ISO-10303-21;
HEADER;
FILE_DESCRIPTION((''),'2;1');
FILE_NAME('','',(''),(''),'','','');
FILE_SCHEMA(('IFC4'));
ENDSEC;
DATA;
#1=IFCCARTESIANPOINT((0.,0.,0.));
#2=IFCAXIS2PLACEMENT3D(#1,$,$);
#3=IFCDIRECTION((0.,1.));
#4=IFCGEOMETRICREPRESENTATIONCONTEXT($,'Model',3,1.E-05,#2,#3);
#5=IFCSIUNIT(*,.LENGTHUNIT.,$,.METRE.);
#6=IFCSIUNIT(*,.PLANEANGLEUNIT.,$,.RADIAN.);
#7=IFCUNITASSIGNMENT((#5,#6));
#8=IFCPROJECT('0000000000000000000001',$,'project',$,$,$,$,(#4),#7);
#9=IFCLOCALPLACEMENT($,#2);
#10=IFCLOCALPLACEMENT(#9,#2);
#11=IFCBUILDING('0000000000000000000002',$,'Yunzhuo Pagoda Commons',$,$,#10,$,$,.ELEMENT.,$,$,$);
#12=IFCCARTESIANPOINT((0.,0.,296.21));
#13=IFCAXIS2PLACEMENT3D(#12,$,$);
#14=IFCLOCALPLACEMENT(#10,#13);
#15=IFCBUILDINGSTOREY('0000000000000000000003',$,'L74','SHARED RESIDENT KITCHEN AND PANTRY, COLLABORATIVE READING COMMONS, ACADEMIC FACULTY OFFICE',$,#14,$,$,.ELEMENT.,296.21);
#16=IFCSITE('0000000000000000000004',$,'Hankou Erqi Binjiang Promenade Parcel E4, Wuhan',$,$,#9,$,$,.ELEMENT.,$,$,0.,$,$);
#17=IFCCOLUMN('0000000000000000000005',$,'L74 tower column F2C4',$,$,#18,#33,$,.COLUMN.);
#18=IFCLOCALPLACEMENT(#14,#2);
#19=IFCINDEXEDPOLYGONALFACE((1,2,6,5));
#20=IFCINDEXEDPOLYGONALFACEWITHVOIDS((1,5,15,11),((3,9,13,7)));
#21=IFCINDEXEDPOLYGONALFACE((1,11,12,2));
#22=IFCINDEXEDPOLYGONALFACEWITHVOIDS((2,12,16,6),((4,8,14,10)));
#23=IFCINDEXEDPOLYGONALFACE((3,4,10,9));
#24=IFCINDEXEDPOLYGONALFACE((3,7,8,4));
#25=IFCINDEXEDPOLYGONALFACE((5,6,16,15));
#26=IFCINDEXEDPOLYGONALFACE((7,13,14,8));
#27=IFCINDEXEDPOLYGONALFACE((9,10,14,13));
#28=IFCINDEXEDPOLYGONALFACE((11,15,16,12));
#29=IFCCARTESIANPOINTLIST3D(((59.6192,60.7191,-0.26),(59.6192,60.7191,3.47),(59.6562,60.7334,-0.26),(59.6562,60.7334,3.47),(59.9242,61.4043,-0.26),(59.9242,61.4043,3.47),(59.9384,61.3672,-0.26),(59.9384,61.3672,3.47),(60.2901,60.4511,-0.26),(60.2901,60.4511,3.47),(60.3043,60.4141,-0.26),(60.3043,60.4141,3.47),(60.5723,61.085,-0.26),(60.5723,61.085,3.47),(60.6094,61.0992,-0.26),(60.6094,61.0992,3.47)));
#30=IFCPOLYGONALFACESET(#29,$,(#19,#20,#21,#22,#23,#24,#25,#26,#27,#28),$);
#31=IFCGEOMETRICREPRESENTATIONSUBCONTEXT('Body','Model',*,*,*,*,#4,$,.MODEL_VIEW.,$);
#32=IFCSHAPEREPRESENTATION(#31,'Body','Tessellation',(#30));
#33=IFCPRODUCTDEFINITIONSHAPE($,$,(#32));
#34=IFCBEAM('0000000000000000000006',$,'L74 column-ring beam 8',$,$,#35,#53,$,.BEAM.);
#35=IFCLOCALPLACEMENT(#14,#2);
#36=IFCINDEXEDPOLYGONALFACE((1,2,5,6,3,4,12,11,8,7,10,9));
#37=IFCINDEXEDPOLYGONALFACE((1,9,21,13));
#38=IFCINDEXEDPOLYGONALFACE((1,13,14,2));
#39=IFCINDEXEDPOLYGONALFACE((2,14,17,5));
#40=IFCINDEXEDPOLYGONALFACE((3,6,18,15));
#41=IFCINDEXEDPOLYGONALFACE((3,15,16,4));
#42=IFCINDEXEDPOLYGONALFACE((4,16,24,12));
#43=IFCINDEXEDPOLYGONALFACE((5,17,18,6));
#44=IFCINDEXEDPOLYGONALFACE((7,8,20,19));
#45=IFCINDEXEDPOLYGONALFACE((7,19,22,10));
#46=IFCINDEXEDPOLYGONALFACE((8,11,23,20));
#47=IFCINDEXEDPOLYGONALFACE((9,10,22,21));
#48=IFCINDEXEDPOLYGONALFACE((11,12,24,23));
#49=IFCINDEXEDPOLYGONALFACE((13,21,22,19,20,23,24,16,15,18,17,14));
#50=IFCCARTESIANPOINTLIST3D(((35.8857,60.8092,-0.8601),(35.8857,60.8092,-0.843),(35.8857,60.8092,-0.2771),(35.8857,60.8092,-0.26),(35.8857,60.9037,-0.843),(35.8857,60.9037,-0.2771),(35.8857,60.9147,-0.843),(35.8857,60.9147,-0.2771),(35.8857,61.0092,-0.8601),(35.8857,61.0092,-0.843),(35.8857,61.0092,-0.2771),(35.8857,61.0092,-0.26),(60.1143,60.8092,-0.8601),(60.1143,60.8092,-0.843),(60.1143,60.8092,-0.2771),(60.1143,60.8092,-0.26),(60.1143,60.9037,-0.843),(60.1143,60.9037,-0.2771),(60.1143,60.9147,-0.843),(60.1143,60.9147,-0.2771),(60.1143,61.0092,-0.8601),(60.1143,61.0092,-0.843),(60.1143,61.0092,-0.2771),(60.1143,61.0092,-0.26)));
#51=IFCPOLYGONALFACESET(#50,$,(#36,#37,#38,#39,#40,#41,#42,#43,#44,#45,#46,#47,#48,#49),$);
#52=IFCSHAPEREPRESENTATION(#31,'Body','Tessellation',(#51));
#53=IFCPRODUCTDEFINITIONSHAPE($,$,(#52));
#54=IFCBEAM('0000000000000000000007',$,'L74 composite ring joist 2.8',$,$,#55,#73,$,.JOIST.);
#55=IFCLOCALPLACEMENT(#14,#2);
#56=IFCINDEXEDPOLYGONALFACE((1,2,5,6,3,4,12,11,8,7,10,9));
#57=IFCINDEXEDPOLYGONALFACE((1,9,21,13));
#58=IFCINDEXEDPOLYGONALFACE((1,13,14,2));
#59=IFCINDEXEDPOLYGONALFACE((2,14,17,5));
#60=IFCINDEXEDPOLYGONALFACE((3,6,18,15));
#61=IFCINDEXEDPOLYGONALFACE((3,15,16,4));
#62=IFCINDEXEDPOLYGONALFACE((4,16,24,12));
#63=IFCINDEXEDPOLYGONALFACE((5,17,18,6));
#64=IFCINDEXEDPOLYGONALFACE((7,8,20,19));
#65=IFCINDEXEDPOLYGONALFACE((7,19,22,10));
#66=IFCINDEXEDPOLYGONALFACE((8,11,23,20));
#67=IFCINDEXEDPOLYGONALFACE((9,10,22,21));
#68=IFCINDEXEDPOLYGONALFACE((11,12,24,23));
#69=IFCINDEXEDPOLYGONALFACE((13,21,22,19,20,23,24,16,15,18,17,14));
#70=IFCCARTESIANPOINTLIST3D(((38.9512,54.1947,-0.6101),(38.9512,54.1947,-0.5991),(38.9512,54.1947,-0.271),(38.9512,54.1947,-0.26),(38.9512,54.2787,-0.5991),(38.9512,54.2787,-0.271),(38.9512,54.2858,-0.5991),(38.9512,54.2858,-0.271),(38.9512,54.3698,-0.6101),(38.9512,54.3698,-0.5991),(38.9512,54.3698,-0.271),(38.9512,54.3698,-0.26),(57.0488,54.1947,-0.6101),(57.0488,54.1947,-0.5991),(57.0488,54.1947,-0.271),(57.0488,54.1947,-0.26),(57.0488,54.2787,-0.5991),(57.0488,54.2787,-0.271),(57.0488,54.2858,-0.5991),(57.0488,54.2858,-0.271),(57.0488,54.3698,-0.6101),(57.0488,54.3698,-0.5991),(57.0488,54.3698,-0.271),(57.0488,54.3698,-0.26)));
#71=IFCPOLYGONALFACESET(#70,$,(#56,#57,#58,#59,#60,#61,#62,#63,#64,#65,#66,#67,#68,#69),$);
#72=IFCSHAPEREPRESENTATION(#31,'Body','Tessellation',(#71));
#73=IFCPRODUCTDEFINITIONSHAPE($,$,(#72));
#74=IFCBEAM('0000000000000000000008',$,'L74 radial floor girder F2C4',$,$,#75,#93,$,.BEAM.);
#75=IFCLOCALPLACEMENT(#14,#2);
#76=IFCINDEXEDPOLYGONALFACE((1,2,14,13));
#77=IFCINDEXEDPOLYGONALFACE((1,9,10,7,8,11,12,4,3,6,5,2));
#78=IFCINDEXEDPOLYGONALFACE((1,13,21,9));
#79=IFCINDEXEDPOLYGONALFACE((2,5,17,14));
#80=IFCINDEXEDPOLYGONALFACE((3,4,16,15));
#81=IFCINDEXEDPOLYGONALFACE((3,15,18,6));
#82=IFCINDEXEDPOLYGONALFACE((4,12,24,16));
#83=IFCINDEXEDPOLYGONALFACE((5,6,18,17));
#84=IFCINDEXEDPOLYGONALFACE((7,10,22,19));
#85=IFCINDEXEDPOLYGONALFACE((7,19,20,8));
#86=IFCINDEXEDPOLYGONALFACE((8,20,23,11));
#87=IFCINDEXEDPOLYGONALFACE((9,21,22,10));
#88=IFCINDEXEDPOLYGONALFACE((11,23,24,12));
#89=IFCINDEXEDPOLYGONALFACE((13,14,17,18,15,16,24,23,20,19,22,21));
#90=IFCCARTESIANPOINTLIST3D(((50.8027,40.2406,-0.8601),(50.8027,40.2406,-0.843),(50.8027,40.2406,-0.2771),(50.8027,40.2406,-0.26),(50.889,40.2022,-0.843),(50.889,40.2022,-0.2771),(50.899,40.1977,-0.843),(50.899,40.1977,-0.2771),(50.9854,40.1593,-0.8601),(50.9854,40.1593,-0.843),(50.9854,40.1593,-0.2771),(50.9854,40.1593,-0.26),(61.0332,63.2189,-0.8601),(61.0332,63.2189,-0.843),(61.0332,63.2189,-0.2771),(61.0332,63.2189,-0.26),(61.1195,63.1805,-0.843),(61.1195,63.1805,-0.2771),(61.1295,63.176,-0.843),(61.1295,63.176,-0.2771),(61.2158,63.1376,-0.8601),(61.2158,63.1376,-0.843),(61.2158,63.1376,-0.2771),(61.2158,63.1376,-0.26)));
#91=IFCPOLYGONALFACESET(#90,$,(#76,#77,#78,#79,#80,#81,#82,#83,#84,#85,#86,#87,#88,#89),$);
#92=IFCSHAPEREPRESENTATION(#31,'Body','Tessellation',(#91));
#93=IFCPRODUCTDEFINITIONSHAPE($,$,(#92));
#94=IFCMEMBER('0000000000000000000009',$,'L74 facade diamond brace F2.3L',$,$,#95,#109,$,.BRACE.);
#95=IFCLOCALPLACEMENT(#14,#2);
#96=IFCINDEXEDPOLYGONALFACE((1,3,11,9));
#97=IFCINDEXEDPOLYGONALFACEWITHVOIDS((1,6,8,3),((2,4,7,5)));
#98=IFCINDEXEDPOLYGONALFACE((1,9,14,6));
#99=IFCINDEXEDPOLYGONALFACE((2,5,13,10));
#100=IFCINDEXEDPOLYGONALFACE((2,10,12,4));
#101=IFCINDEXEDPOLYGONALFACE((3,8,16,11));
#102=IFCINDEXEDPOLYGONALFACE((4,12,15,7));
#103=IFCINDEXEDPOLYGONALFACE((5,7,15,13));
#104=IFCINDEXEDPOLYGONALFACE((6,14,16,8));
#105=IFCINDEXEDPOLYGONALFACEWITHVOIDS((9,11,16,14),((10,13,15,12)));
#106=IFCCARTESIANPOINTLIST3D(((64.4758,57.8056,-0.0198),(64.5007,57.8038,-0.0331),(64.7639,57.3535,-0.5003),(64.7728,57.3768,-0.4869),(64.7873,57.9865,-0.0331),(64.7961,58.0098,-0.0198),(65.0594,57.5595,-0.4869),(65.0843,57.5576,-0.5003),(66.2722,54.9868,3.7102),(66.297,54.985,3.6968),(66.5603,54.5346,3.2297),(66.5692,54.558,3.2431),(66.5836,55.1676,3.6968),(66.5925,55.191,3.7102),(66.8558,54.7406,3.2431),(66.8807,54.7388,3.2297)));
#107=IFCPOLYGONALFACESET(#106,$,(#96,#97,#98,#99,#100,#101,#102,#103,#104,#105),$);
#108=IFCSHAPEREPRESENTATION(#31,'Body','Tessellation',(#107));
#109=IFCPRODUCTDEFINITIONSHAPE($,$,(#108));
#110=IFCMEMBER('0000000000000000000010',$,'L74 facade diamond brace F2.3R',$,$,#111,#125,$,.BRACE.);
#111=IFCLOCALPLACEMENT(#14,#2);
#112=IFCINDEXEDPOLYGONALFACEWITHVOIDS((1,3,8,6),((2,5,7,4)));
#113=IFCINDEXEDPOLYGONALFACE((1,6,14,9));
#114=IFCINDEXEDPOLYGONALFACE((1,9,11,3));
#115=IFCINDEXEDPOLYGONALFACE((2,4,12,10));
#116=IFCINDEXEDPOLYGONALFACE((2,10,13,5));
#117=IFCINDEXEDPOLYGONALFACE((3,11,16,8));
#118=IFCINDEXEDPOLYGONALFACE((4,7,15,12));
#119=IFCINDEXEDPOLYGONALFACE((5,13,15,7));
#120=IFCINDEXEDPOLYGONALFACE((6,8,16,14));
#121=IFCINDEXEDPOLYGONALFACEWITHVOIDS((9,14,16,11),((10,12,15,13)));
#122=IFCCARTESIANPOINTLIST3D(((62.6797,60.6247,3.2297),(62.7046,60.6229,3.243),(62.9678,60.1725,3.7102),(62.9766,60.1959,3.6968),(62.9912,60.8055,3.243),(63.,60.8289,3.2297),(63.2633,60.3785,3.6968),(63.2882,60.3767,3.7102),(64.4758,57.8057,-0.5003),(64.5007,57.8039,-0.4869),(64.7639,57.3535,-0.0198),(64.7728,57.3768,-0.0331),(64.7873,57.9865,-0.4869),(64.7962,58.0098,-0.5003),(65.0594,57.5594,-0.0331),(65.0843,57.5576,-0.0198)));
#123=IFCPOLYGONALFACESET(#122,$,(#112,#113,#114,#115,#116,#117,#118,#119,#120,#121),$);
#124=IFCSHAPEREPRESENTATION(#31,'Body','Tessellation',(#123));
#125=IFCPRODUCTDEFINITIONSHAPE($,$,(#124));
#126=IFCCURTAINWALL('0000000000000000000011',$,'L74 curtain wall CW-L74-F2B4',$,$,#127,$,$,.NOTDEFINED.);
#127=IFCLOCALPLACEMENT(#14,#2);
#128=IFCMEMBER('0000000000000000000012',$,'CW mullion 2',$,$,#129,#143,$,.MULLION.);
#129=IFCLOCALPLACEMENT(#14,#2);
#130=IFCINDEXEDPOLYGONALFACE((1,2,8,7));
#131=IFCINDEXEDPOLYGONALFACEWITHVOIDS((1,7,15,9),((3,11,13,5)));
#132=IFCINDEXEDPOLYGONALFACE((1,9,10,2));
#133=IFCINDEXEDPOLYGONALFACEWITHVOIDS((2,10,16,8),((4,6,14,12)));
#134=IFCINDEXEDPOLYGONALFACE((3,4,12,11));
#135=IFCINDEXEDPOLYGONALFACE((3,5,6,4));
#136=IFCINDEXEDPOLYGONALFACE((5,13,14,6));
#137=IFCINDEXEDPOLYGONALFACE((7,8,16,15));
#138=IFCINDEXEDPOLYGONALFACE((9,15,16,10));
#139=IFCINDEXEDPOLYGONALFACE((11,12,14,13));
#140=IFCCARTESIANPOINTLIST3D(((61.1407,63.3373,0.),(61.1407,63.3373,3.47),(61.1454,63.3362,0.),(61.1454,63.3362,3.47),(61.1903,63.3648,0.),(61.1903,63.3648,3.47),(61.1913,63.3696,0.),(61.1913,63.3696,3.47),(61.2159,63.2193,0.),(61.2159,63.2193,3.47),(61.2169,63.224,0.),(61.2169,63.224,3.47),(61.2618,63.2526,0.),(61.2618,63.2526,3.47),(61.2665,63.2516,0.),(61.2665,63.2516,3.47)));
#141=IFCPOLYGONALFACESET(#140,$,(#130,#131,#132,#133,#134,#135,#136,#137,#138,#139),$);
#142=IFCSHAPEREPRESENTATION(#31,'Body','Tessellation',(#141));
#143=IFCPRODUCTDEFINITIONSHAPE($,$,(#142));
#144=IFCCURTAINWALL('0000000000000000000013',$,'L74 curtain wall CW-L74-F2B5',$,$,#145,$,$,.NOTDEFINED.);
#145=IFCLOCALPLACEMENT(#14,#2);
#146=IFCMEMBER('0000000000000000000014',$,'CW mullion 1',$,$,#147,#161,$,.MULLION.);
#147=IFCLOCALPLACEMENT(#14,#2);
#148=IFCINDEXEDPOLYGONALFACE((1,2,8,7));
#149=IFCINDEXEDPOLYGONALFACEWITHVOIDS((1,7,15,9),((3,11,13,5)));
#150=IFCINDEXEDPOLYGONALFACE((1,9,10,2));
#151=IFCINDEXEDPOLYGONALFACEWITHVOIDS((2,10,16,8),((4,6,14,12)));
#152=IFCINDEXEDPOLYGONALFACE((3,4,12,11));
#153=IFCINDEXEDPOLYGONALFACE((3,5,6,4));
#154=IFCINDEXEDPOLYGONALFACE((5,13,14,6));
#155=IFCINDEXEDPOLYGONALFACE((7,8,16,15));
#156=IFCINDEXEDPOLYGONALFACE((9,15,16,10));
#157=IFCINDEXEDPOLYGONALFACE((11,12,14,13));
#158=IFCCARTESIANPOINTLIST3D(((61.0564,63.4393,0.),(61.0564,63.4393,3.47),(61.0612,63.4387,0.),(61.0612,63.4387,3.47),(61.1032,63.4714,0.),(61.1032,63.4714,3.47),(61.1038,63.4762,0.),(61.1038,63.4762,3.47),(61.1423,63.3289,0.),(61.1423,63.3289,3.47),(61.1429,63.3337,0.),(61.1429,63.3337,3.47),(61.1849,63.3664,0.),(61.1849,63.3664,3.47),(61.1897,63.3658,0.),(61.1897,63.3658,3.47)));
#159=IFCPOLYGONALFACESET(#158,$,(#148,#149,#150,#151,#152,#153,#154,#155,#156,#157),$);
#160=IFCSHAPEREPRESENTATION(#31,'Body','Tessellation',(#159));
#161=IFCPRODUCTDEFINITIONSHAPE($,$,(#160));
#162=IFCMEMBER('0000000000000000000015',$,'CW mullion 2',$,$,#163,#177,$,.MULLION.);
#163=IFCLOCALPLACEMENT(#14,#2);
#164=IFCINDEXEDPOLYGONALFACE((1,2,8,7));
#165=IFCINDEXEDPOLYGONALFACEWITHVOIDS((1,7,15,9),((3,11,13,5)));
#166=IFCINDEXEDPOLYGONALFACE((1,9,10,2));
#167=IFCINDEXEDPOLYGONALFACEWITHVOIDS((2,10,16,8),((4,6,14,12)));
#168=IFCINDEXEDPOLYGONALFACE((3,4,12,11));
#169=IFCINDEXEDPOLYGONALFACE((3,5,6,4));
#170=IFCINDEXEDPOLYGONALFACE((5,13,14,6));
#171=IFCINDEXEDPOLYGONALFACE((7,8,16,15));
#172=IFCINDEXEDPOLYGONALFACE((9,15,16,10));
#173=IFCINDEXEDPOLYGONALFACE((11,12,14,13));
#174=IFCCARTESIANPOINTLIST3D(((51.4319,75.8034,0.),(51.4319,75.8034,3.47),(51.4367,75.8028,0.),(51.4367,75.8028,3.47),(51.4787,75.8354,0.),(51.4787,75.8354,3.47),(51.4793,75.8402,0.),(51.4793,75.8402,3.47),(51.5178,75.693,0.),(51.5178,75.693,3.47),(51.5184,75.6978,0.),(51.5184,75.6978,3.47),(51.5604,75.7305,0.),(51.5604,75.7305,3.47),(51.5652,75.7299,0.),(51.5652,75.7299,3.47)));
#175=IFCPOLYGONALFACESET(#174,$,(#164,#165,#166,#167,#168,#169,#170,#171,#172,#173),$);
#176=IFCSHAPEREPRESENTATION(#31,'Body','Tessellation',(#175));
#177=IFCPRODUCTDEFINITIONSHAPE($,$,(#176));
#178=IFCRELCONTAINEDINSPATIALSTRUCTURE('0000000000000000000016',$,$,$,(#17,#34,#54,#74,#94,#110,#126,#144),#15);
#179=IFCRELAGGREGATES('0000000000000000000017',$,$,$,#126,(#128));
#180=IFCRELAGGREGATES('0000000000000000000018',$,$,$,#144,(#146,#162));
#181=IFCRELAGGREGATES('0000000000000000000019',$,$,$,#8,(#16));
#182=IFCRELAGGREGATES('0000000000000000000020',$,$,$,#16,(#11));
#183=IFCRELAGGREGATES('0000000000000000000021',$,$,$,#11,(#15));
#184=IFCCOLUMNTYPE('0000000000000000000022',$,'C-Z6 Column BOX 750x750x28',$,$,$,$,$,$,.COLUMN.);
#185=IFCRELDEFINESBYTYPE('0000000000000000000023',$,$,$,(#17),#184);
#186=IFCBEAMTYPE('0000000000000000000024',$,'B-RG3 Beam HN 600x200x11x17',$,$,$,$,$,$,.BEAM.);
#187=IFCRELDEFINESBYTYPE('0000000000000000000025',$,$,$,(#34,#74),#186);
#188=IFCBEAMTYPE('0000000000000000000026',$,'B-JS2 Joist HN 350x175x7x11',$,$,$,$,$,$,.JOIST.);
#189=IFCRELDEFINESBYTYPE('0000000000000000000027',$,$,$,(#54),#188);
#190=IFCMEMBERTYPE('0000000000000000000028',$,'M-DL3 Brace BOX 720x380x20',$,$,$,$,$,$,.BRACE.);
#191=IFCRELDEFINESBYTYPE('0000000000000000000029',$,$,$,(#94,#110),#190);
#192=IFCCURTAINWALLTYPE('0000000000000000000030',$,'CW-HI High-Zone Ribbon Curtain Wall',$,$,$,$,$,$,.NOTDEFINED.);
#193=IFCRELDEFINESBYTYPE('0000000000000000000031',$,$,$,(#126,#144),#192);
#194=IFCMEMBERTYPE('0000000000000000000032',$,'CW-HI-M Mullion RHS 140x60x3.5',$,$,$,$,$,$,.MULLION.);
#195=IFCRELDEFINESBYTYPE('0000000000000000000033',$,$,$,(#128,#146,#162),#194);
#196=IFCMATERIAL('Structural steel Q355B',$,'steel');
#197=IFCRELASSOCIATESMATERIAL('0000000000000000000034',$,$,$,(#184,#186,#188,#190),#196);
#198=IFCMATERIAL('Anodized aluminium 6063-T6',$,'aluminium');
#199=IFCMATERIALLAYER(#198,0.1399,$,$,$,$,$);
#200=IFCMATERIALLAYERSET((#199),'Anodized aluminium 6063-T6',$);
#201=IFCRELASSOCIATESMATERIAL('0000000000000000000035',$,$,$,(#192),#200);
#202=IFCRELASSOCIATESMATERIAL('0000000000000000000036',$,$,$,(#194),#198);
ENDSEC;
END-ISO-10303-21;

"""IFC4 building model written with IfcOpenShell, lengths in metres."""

from ifc_helpers import new_model, si_unit, direction, frame, origin, origin_2d, place, context, subcontext, project, spatial, hollow_rectangle, i_section, extrude, source, transform, mapped, material, layer, layer_set, material_profile, profile_set, type_object, element, aggregate, save


model = new_model("IFC4")

# Units and contexts
model_context = context("Model", 3, precision=1e-05, world=origin(), true_north=direction((0.0, 1.0)))
body_context = subcontext(model_context, "Body", "Model", "MODEL_VIEW")
ifc_project = project(units=[si_unit("LENGTHUNIT", "METRE"), si_unit("PLANEANGLEUNIT", "RADIAN")], contexts=[model_context])

# Site, building, storey
site_placement = place(None, origin())
site = spatial("IfcSite", under=ifc_project, at=site_placement, Name="Hankou Erqi Binjiang Promenade Parcel E4, Wuhan", CompositionType="ELEMENT", RefElevation=0.0)
building_placement = place(site_placement, origin())
building = spatial("IfcBuilding", under=site, at=building_placement, Name="Yunzhuo Pagoda Commons", CompositionType="ELEMENT")
storey_placement = place(building_placement, frame((0.0, 0.0, 296.21)))
storey = spatial("IfcBuildingStorey", under=building, at=storey_placement, Name="L74", Description="SHARED RESIDENT KITCHEN AND PANTRY, COLLABORATIVE READING COMMONS, ACADEMIC FACULTY OFFICE", CompositionType="ELEMENT", Elevation=296.21)

# Column
ifc_material_1 = material(Name="Structural steel Q355B", Category="steel")
ifc_material_profile_1 = material_profile(ifc_material_1, hollow_rectangle(XDim=0.75, YDim=0.75, WallThickness=0.0281, at=origin_2d()), Name="Structural steel Q355B")
ifc_profile_set_1 = profile_set([ifc_material_profile_1], Name="Structural steel Q355B")
column_type = type_object("IfcColumnType", Name="C-Z6 Column BOX 750x750x28", PredefinedType="COLUMN", material=ifc_profile_set_1)
shared_shape_1 = source(origin(), body_context, "Body", "SweptSolid", [
    extrude(hollow_rectangle(XDim=0.75, YDim=0.75, WallThickness=0.0281, at=origin_2d()), origin(), (0.0, 0.0, 1.0), 3.73),
])
column_placement = place(storey_placement, frame((60.1143, 60.9092, -0.26), z_axis=(0.0, 0.0, 1.0), x_axis=(-0.913545, 0.406737, 0.0)))
element("IfcColumn", 1, at=column_placement, inside=storey, type_object=column_type, Name="L74 tower column F2C4", PredefinedType="COLUMN", context=body_context, shape_type="MappedRepresentation", body=[
    mapped(shared_shape_1, transform((0.0, 0.0, 0.0), scale=1.0)),
])

# Beams
ifc_material_profile_2 = material_profile(ifc_material_1, i_section(OverallWidth=0.2, OverallDepth=0.6001, WebThickness=0.011, FlangeThickness=0.0171, at=origin_2d()), Name="Structural steel Q355B")
ifc_profile_set_2 = profile_set([ifc_material_profile_2], Name="Structural steel Q355B")
beam_type_1 = type_object("IfcBeamType", Name="B-RG3 Beam HN 600x200x11x17", PredefinedType="BEAM", material=ifc_profile_set_2)
shared_shape_2 = source(origin(), body_context, "Body", "SweptSolid", [
    extrude(i_section(OverallWidth=0.2, OverallDepth=0.6001, WebThickness=0.011, FlangeThickness=0.0171, at=origin_2d()), origin(), (0.0, 0.0, 1.0), 24.2285),
])
beam_1_placement = place(storey_placement, frame((60.1143, 60.9092, -0.5601), z_axis=(-1.0, 0.0, 0.0), x_axis=(0.0, -1.0, 0.0)))
element("IfcBeam", 2, at=beam_1_placement, inside=storey, type_object=beam_type_1, Name="L74 column-ring beam 8", PredefinedType="BEAM", context=body_context, shape_type="MappedRepresentation", body=[
    mapped(shared_shape_2, transform((0.0, 0.0, 0.0), scale=1.0)),
])
ifc_material_profile_3 = material_profile(ifc_material_1, i_section(OverallWidth=0.175, OverallDepth=0.3501, WebThickness=0.0071, FlangeThickness=0.011, at=origin_2d()), Name="Structural steel Q355B")
ifc_profile_set_3 = profile_set([ifc_material_profile_3], Name="Structural steel Q355B")
beam_type_2 = type_object("IfcBeamType", Name="B-JS2 Joist HN 350x175x7x11", PredefinedType="JOIST", material=ifc_profile_set_3)
shared_shape_3 = source(origin(), body_context, "Body", "SweptSolid", [
    extrude(i_section(OverallWidth=0.175, OverallDepth=0.3501, WebThickness=0.0071, FlangeThickness=0.011, at=origin_2d()), origin(), (0.0, 0.0, 1.0), 18.0977),
])
beam_2_placement = place(storey_placement, frame((57.0488, 54.2822, -0.4351), z_axis=(-1.0, 0.0, 0.0), x_axis=(0.0, -1.0, 0.0)))
element("IfcBeam", 3, at=beam_2_placement, inside=storey, type_object=beam_type_2, Name="L74 composite ring joist 2.8", PredefinedType="JOIST", context=body_context, shape_type="MappedRepresentation", body=[
    mapped(shared_shape_3, transform((0.0, 0.0, 0.0), scale=1.0)),
])
shared_shape_4 = source(origin(), body_context, "Body", "SweptSolid", [
    extrude(i_section(OverallWidth=0.2, OverallDepth=0.6001, WebThickness=0.011, FlangeThickness=0.0171, at=origin_2d()), origin(), (0.0, 0.0, 1.0), 25.1528),
])
beam_3_placement = place(storey_placement, frame((61.1245, 63.1782, -0.5601), z_axis=(-0.406733, -0.913547, 0.0), x_axis=(0.913547, -0.406733, 0.0)))
element("IfcBeam", 4, at=beam_3_placement, inside=storey, type_object=beam_type_1, Name="L74 radial floor girder F2C4", PredefinedType="BEAM", context=body_context, shape_type="MappedRepresentation", body=[
    mapped(shared_shape_4, transform((0.0, 0.0, 0.0), scale=1.0)),
])

# Members
ifc_material_profile_4 = material_profile(ifc_material_1, hollow_rectangle(XDim=0.3799, YDim=0.72, WallThickness=0.02, at=origin_2d()), Name="Structural steel Q355B")
ifc_profile_set_4 = profile_set([ifc_material_profile_4], Name="Structural steel Q355B")
member_type_1 = type_object("IfcMemberType", Name="M-DL3 Brace BOX 720x380x20", PredefinedType="BRACE", material=ifc_profile_set_4)
shared_shape_5 = source(origin(), body_context, "Body", "SweptSolid", [
    extrude(hollow_rectangle(XDim=0.3799, YDim=0.72, WallThickness=0.02, at=origin_2d()), origin(), (0.0, 0.0, 1.0), 5.0085),
])
for number, where, z_axis, x_axis, name in (
    (5, (64.78, 57.6816, -0.26), (0.358663, -0.562806, 0.744721), (0.843312, 0.537424, 0.0), "L74 facade diamond brace F2.3L"),
    (6, (64.78, 57.6816, -0.26), (-0.358611, 0.562849, 0.744714), (-0.843367, -0.537339, 0.0), "L74 facade diamond brace F2.3R"),
):
    element("IfcMember", number, at=place(storey_placement, frame(where, z_axis=z_axis, x_axis=x_axis)), inside=storey, type_object=member_type_1, Name=name, PredefinedType="BRACE", context=body_context, shape_type="MappedRepresentation", body=[
        mapped(shared_shape_5, transform((0.0, 0.0, 0.0), scale=1.0)),
    ])

# Curtain wall, member
ifc_material_2 = material(Name="Anodized aluminium 6063-T6", Category="aluminium")
ifc_layer_1 = layer(ifc_material_2, 0.1399)
ifc_layer_set_1 = layer_set([ifc_layer_1], Name="Anodized aluminium 6063-T6")
curtain_wall_type = type_object("IfcCurtainWallType", Name="CW-HI High-Zone Ribbon Curtain Wall", PredefinedType="NOTDEFINED", material=ifc_layer_set_1)
curtain_wall_1_placement = place(storey_placement, origin())
curtain_wall_1 = element("IfcCurtainWall", 7, at=curtain_wall_1_placement, inside=storey, type_object=curtain_wall_type, Name="L74 curtain wall CW-L74-F2B4", PredefinedType="NOTDEFINED")
ifc_material_profile_5 = material_profile(ifc_material_2, hollow_rectangle(XDim=0.0601, YDim=0.1399, WallThickness=0.0034, at=origin_2d()), Name="Anodized aluminium 6063-T6")
ifc_profile_set_5 = profile_set([ifc_material_profile_5], Name="Anodized aluminium 6063-T6")
member_type_2 = type_object("IfcMemberType", Name="CW-HI-M Mullion RHS 140x60x3.5", PredefinedType="MULLION", material=ifc_profile_set_5)
shared_shape_6 = source(origin(), body_context, "Body", "SweptSolid", [
    extrude(hollow_rectangle(XDim=0.0601, YDim=0.1399, WallThickness=0.0034, at=origin_2d()), origin(), (0.0, 0.0, 1.0), 3.47),
])
member_1_placement = place(storey_placement, frame((61.2036, 63.2944, 0.0), z_axis=(0.0, 0.0, 1.0), x_axis=(-0.84333, -0.537397, 0.0)))
member_1 = element("IfcMember", 8, at=member_1_placement, type_object=member_type_2, Name="CW mullion 2", PredefinedType="MULLION", context=body_context, shape_type="MappedRepresentation", body=[
    mapped(shared_shape_6, transform((0.0, 0.0, 0.0), scale=1.0)),
])

# Curtain wall, members
curtain_wall_2_placement = place(storey_placement, origin())
curtain_wall_2 = element("IfcCurtainWall", 9, at=curtain_wall_2_placement, inside=storey, type_object=curtain_wall_type, Name="L74 curtain wall CW-L74-F2B5", PredefinedType="NOTDEFINED")
member_2_placement = place(storey_placement, frame((61.123, 63.4026, 0.0), z_axis=(0.0, 0.0, 1.0), x_axis=(-0.789103, -0.614261, 0.0)))
member_2 = element("IfcMember", 10, at=member_2_placement, type_object=member_type_2, Name="CW mullion 1", PredefinedType="MULLION", context=body_context, shape_type="MappedRepresentation", body=[
    mapped(shared_shape_6, transform((0.0, 0.0, 0.0), scale=1.0)),
])
member_3_placement = place(storey_placement, frame((51.4985, 75.7666, 0.0), z_axis=(0.0, 0.0, 1.0), x_axis=(-0.789103, -0.614261, 0.0)))
member_3 = element("IfcMember", 11, at=member_3_placement, type_object=member_type_2, Name="CW mullion 2", PredefinedType="MULLION", context=body_context, shape_type="MappedRepresentation", body=[
    mapped(shared_shape_6, transform((0.0, 0.0, 0.0), scale=1.0)),
])

aggregate(curtain_wall_1, [member_1])

aggregate(curtain_wall_2, [member_2, member_3])

save(model, "model.ifc")
